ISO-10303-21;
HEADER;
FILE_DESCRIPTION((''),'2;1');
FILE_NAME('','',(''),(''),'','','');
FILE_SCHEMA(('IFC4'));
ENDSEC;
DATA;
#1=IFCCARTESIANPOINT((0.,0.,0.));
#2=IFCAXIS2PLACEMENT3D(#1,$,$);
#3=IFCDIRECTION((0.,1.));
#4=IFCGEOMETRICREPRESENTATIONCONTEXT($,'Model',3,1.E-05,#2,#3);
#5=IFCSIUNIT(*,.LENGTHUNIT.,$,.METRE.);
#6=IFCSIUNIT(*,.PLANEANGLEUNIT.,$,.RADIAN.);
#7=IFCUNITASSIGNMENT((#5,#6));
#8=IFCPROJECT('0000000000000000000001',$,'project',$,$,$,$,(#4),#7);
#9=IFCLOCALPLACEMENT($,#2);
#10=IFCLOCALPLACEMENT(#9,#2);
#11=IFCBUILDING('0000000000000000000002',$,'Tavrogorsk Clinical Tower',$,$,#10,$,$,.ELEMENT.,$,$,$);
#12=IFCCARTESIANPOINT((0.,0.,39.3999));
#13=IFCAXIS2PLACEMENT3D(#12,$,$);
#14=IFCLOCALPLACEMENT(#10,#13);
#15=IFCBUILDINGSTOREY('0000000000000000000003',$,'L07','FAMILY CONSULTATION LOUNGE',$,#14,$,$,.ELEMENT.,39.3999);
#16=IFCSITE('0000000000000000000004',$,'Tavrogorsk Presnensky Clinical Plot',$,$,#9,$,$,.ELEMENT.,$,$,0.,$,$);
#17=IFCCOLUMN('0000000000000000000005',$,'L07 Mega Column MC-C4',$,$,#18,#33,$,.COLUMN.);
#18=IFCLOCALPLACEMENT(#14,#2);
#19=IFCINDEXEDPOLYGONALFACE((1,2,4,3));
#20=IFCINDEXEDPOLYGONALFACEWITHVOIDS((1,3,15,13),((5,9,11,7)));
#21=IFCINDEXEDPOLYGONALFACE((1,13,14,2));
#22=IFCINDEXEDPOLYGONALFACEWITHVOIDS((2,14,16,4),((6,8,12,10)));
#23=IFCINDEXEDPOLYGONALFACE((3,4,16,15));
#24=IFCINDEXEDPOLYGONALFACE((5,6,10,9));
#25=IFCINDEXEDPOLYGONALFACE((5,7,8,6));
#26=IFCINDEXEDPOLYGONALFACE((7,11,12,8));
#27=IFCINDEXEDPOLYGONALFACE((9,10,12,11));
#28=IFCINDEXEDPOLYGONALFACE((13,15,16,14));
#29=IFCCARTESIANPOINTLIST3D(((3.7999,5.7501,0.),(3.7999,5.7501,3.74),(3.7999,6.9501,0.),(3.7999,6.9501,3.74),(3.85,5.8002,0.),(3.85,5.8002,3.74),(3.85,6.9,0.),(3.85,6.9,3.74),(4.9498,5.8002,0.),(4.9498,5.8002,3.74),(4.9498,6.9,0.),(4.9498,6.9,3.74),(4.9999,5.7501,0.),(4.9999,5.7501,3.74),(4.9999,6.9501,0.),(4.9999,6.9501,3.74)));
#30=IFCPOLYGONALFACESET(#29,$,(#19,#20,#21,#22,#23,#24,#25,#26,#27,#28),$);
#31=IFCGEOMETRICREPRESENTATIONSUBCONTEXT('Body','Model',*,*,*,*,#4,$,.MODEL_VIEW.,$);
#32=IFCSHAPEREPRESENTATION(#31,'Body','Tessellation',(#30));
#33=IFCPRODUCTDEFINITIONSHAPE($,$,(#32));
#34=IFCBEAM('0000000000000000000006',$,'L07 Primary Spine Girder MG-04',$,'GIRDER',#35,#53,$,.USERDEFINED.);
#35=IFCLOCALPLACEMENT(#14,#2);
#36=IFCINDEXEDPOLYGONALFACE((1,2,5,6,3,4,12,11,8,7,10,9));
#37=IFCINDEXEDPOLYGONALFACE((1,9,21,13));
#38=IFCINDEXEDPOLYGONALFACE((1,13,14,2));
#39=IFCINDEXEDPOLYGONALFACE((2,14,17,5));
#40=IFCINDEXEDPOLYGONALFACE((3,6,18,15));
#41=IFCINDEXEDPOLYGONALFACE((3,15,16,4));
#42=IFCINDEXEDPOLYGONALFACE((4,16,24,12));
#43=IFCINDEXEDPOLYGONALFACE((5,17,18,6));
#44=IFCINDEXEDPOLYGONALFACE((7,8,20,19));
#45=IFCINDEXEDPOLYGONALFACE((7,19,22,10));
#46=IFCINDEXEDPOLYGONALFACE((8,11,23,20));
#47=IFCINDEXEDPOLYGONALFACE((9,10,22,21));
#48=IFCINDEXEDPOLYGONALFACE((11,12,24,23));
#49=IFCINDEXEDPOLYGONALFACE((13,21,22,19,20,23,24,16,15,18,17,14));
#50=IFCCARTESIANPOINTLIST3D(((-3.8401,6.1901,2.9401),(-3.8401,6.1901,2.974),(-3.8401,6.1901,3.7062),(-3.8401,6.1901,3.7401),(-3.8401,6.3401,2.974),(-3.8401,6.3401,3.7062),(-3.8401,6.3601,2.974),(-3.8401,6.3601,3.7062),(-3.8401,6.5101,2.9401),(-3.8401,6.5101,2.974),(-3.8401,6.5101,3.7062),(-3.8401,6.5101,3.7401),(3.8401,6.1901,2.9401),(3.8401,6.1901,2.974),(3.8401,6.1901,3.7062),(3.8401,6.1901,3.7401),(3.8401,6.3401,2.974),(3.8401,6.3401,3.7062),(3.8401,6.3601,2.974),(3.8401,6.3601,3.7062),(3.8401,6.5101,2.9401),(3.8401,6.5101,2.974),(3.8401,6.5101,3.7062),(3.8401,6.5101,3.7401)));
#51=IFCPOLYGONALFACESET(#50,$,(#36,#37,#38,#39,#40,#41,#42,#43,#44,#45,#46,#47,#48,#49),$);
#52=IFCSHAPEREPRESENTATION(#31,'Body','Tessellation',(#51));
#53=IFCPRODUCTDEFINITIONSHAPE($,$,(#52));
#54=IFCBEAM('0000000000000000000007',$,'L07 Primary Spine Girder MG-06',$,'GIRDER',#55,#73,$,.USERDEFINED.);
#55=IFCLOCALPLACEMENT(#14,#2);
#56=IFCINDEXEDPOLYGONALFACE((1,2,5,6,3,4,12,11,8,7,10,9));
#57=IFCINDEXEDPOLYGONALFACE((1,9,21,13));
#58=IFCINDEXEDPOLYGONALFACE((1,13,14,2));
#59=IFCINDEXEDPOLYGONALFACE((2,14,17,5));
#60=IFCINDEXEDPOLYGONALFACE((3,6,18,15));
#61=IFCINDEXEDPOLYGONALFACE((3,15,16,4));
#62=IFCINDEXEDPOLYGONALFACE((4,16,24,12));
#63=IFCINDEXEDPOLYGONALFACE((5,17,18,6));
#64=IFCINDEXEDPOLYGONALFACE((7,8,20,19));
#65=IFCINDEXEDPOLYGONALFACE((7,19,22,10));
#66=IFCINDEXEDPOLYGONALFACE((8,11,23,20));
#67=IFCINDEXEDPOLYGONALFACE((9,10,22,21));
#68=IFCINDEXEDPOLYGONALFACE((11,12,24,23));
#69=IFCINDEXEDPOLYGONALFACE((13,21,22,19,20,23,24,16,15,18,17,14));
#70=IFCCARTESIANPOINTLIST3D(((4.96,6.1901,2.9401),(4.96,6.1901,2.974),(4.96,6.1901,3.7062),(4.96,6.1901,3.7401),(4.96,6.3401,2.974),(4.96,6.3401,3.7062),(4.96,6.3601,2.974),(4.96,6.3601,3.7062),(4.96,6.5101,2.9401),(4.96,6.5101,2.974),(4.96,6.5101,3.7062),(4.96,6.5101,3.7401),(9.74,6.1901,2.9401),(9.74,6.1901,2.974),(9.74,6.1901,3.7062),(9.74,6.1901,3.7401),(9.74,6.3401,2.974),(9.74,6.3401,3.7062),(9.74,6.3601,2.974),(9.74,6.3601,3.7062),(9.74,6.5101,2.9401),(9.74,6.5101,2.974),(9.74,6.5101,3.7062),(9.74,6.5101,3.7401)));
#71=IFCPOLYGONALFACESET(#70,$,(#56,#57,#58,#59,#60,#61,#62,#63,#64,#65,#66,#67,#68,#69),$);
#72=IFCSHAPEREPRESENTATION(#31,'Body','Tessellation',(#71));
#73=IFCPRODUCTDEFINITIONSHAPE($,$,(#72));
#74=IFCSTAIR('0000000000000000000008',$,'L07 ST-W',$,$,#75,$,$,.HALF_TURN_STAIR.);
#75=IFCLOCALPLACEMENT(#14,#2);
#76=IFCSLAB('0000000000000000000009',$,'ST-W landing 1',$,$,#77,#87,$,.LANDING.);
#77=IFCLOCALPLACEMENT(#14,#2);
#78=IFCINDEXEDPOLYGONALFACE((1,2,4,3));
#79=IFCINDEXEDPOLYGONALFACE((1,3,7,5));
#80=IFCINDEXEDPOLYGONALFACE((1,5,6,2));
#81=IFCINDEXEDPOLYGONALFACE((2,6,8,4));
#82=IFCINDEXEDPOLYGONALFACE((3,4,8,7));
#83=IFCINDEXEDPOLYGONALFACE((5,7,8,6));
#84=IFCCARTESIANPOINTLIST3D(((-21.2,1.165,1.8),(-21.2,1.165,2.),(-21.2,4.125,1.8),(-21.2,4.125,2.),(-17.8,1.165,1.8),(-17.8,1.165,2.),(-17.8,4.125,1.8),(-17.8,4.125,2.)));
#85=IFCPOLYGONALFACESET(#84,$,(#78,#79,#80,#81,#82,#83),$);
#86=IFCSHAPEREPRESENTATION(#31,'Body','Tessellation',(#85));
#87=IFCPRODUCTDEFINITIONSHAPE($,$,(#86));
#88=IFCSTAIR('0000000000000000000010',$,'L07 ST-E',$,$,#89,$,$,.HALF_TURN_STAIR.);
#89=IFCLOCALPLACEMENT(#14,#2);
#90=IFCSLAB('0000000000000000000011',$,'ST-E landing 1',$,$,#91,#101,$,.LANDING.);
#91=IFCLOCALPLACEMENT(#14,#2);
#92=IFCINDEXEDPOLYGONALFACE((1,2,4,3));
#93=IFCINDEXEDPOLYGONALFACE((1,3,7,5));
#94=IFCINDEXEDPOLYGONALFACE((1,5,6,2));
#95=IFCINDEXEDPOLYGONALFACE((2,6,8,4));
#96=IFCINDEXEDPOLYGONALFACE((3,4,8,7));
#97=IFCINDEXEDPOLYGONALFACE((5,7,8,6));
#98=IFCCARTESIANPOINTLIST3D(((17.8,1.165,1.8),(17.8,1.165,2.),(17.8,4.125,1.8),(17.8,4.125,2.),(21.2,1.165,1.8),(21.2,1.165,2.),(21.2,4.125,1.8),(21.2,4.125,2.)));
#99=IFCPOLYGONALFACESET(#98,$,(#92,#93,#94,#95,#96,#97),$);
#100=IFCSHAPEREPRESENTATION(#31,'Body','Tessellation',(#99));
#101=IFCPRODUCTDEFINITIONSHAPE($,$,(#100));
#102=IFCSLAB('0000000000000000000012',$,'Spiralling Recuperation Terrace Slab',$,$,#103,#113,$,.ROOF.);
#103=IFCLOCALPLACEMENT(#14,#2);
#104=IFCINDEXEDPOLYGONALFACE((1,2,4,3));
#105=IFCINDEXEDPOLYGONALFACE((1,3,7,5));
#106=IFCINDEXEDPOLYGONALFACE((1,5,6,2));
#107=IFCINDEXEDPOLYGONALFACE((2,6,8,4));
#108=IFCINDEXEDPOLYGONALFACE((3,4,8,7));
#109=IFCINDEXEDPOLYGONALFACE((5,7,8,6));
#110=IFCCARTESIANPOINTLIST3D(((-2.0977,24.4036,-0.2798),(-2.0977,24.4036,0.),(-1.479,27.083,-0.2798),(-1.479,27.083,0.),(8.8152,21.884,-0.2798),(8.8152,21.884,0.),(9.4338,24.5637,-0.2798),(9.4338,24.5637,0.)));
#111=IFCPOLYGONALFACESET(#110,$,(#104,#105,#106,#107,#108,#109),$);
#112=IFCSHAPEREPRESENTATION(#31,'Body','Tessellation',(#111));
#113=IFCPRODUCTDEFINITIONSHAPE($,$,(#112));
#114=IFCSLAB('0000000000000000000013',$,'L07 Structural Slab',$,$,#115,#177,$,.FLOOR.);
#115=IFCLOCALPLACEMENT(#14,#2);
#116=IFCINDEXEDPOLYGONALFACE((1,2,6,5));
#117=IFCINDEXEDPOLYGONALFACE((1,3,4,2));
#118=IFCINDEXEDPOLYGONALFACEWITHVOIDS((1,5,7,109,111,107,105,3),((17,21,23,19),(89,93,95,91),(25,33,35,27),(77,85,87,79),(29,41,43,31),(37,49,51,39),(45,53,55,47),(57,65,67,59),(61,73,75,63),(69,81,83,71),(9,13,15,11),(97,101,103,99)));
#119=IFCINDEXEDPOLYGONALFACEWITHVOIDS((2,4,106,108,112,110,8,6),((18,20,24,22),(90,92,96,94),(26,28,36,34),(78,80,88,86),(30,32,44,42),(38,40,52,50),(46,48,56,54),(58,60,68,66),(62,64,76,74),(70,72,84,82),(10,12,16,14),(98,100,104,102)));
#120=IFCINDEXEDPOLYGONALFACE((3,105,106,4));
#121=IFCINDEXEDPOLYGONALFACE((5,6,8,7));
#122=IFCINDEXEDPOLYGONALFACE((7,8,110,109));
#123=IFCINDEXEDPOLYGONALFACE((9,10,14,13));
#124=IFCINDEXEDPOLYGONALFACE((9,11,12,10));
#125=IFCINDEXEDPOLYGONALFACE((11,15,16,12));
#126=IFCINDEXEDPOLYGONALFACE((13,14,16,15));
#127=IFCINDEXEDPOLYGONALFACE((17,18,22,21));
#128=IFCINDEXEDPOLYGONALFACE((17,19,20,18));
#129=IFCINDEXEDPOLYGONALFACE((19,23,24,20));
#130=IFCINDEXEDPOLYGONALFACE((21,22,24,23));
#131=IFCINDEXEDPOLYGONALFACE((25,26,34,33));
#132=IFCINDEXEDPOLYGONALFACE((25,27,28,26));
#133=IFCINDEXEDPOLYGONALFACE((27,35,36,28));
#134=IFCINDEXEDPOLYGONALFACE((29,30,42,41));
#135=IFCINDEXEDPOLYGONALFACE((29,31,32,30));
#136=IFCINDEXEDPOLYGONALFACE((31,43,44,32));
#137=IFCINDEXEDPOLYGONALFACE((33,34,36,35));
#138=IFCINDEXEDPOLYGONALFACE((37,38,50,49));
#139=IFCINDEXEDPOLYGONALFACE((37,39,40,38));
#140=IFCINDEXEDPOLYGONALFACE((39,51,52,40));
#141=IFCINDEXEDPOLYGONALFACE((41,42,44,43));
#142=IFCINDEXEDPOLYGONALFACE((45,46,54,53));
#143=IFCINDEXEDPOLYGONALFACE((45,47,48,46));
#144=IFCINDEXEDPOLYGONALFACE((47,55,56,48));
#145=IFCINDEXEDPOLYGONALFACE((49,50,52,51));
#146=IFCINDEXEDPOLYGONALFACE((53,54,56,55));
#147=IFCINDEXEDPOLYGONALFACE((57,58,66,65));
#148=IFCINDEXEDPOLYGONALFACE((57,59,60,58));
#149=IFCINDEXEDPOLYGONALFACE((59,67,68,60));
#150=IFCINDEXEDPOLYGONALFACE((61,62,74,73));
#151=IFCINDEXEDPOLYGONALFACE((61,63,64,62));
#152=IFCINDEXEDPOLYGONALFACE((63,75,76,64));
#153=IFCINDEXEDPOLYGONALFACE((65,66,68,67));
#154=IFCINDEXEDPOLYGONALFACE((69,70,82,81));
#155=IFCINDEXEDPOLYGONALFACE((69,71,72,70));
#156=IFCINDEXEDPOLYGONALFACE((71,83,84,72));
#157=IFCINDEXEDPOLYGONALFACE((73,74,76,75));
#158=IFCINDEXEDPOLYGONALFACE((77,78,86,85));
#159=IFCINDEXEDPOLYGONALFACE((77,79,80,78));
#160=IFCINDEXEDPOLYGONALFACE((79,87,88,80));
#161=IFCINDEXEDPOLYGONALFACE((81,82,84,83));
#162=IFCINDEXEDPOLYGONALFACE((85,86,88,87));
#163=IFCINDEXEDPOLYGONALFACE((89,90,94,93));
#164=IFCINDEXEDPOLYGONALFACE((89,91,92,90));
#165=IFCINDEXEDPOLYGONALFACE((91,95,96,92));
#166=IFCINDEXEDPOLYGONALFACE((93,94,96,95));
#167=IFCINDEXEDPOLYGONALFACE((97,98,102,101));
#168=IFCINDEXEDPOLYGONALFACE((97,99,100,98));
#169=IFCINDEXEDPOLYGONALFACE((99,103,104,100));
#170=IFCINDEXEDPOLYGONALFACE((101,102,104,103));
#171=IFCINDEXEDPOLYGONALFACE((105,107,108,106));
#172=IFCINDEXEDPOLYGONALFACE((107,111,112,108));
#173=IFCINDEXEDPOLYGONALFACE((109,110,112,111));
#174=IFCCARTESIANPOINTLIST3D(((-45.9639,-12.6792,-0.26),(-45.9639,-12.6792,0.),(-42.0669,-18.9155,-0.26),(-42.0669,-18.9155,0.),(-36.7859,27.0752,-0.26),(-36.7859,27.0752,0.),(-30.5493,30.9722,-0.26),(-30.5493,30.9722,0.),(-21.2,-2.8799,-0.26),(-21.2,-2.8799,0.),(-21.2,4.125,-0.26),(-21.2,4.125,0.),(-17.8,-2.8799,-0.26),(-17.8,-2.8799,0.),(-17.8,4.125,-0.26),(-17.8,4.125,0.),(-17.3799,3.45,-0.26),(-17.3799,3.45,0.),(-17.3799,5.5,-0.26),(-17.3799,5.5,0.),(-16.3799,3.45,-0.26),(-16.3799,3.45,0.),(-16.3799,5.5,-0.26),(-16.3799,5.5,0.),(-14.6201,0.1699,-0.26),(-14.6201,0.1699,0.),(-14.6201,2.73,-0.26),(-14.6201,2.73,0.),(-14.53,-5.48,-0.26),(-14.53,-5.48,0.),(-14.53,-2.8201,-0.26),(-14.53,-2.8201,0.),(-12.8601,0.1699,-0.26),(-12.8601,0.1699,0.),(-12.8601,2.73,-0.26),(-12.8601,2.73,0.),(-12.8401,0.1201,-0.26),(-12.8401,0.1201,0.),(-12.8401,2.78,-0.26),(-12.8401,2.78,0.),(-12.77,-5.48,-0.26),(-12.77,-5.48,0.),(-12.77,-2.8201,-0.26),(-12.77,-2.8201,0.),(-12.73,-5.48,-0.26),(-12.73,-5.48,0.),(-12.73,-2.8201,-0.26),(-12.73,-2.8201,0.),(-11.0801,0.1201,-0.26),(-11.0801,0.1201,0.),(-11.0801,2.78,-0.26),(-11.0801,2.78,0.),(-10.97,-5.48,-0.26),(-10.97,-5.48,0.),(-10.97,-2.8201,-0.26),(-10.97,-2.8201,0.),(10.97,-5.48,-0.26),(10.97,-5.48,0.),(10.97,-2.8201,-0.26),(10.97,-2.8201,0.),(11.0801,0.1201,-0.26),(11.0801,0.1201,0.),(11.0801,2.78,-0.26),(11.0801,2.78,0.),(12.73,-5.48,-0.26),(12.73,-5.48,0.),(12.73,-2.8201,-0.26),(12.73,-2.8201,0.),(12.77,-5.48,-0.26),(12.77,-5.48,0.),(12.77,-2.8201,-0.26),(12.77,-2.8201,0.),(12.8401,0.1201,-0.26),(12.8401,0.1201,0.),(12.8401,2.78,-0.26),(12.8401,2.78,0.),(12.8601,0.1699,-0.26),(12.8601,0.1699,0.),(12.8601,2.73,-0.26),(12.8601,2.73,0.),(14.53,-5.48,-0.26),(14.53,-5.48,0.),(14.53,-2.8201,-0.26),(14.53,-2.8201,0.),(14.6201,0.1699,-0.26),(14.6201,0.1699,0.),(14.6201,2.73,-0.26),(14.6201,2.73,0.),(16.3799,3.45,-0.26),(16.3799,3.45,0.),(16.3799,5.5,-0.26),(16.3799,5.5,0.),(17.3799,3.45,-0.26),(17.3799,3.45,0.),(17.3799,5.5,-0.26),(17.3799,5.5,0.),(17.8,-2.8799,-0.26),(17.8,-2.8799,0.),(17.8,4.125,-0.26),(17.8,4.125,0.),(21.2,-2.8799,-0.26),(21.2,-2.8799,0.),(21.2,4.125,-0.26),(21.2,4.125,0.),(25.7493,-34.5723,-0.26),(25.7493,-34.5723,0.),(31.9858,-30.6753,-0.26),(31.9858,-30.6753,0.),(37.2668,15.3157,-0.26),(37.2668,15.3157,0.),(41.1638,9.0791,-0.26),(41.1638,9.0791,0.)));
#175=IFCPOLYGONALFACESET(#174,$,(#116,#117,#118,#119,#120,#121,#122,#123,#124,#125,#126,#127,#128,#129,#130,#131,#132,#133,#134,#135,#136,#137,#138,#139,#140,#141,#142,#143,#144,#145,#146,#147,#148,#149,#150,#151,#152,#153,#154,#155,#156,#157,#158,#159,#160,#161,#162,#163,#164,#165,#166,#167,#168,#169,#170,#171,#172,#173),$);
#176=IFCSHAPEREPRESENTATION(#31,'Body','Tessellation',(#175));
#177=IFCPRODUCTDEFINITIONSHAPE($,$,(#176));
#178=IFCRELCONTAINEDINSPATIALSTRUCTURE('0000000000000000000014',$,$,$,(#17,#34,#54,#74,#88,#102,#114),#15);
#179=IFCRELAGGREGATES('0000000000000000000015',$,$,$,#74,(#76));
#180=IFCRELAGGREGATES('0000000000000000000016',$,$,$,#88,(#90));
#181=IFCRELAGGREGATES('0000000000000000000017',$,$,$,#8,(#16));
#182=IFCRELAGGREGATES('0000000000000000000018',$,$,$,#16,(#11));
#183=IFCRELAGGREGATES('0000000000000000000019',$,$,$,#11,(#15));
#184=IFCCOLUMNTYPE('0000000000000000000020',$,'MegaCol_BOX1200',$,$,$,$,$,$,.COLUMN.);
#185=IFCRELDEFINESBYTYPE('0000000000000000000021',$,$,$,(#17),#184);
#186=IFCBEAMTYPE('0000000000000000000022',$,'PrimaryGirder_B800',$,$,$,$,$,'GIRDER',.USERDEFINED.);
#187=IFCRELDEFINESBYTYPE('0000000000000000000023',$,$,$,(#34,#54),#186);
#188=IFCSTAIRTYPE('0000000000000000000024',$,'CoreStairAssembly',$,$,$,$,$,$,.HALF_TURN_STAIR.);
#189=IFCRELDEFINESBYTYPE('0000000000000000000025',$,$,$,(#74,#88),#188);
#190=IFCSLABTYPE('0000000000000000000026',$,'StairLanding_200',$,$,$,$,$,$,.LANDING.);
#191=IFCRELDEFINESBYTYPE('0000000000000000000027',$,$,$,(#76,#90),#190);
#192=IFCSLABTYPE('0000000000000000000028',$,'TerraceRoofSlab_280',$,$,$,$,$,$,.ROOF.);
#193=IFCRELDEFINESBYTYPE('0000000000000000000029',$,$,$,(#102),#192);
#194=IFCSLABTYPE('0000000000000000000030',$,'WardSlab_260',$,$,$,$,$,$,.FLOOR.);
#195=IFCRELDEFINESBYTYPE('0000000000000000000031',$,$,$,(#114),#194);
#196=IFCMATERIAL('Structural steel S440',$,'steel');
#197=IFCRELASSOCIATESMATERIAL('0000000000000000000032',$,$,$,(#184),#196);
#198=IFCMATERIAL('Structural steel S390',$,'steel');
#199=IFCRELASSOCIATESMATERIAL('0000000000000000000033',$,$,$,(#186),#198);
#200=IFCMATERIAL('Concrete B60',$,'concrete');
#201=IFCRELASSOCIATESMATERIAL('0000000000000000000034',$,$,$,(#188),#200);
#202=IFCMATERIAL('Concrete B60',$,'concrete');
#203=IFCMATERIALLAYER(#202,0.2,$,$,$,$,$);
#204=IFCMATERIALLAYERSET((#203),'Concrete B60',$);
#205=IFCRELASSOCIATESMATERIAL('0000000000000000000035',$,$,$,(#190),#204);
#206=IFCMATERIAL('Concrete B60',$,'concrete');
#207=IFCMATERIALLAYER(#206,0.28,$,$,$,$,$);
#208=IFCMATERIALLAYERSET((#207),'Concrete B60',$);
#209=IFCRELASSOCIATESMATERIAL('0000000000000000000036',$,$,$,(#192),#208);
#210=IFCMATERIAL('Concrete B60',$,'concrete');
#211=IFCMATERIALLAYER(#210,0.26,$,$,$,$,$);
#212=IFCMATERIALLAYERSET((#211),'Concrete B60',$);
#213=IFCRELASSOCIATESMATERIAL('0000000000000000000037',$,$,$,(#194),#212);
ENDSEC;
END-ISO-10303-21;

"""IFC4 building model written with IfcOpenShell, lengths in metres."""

from ifc_helpers import new_model, si_unit, direction, frame, origin, origin_2d, place, context, subcontext, project, spatial, polyline, hollow_rectangle, i_section, outline, extrude, material, layer, layer_set, material_profile, profile_set, type_object, element, aggregate, save


model = new_model("IFC4")

# Units and contexts
model_context = context("Model", 3, precision=1e-05, world=origin(), true_north=direction((0.0, 1.0)))
body_context = subcontext(model_context, "Body", "Model", "MODEL_VIEW")
ifc_project = project(units=[si_unit("LENGTHUNIT", "METRE"), si_unit("PLANEANGLEUNIT", "RADIAN")], contexts=[model_context])

# Site, building, storey
site_placement = place(None, origin())
site = spatial("IfcSite", under=ifc_project, at=site_placement, Name="Tavrogorsk Presnensky Clinical Plot", CompositionType="ELEMENT", RefElevation=0.0)
building_placement = place(site_placement, origin())
building = spatial("IfcBuilding", under=site, at=building_placement, Name="Tavrogorsk Clinical Tower", CompositionType="ELEMENT")
storey_placement = place(building_placement, frame((0.0, 0.0, 39.3999)))
storey = spatial("IfcBuildingStorey", under=building, at=storey_placement, Name="L07", Description="FAMILY CONSULTATION LOUNGE", CompositionType="ELEMENT", Elevation=39.3999)

# Column
ifc_material_1 = material(Name="Structural steel S440", Category="steel")
ifc_material_profile_1 = material_profile(ifc_material_1, hollow_rectangle(XDim=1.2, YDim=1.2, WallThickness=0.05, at=origin_2d()), Name="BOX-1200x1200x50")
ifc_profile_set_1 = profile_set([ifc_material_profile_1], Name="Structural steel S440")
column_type = type_object("IfcColumnType", Name="MegaCol_BOX1200", PredefinedType="COLUMN", material=ifc_profile_set_1)
column_placement = place(storey_placement, frame((4.3999, 6.3501, 0.0), z_axis=(0.0, 0.0, 1.0), x_axis=(1.0, 0.0, 0.0)))
element("IfcColumn", 1, at=column_placement, inside=storey, type_object=column_type, Name="L07 Mega Column MC-C4", PredefinedType="COLUMN", context=body_context, shape_type="SweptSolid", body=[
    extrude(hollow_rectangle(XDim=1.2, YDim=1.2, WallThickness=0.05, at=origin_2d()), origin(), (0.0, 0.0, 1.0), 3.74),
])

# Beams
ifc_material_2 = material(Name="Structural steel S390", Category="steel")
ifc_material_profile_2 = material_profile(ifc_material_2, i_section(OverallWidth=0.3201, OverallDepth=0.8, WebThickness=0.02, FlangeThickness=0.0339, at=origin_2d()), Name="B-800x320x20x34")
ifc_profile_set_2 = profile_set([ifc_material_profile_2], Name="Structural steel S390")
beam_type = type_object("IfcBeamType", Name="PrimaryGirder_B800", ElementType="GIRDER", PredefinedType="USERDEFINED", material=ifc_profile_set_2)
beam_1_placement = place(storey_placement, frame((-3.8401, 6.3501, 3.3401), z_axis=(1.0, 0.0, 0.0), x_axis=(0.0, 1.0, 0.0)))
element("IfcBeam", 2, at=beam_1_placement, inside=storey, type_object=beam_type, Name="L07 Primary Spine Girder MG-04", ObjectType="GIRDER", PredefinedType="USERDEFINED", context=body_context, shape_type="SweptSolid", body=[
    extrude(i_section(OverallWidth=0.3201, OverallDepth=0.8, WebThickness=0.02, FlangeThickness=0.0339, at=origin_2d()), origin(), (0.0, 0.0, 1.0), 7.6802),
])
beam_2_placement = place(storey_placement, frame((4.96, 6.3501, 3.3401), z_axis=(1.0, 0.0, 0.0), x_axis=(0.0, 1.0, 0.0)))
element("IfcBeam", 3, at=beam_2_placement, inside=storey, type_object=beam_type, Name="L07 Primary Spine Girder MG-06", ObjectType="GIRDER", PredefinedType="USERDEFINED", context=body_context, shape_type="SweptSolid", body=[
    extrude(i_section(OverallWidth=0.3201, OverallDepth=0.8, WebThickness=0.02, FlangeThickness=0.0339, at=origin_2d()), origin(), (0.0, 0.0, 1.0), 4.78),
])

# Stairs, slabs
ifc_material_3 = material(Name="Concrete B60", Category="concrete")
stair_type = type_object("IfcStairType", Name="CoreStairAssembly", PredefinedType="HALF_TURN_STAIR", material=ifc_material_3)
stair_1_placement = place(storey_placement, origin())
stair_1 = element("IfcStair", 4, at=stair_1_placement, inside=storey, type_object=stair_type, Name="L07 ST-W", PredefinedType="HALF_TURN_STAIR")
ifc_material_4 = material(Name="Concrete B60", Category="concrete")
ifc_layer_1 = layer(ifc_material_4, 0.2)
ifc_layer_set_1 = layer_set([ifc_layer_1], Name="Concrete B60")
slab_type_1 = type_object("IfcSlabType", Name="StairLanding_200", PredefinedType="LANDING", material=ifc_layer_set_1)
slab_1_placement = place(storey_placement, frame((0.0, 0.0, 1.8)))
slab_1 = element("IfcSlab", 5, at=slab_1_placement, type_object=slab_type_1, Name="ST-W landing 1", PredefinedType="LANDING", context=body_context, shape_type="SweptSolid", body=[
    extrude(outline(polyline([(-17.8, 1.165), (-17.8, 4.125), (-21.2, 4.125), (-21.2, 1.165), (-17.8, 1.165)])), origin(), (0.0, 0.0, 1.0), 0.2),
])
aggregate(stair_1, [slab_1])
stair_2_placement = place(storey_placement, origin())
stair_2 = element("IfcStair", 6, at=stair_2_placement, inside=storey, type_object=stair_type, Name="L07 ST-E", PredefinedType="HALF_TURN_STAIR")
slab_2_placement = place(storey_placement, frame((0.0, 0.0, 1.8)))
slab_2 = element("IfcSlab", 7, at=slab_2_placement, type_object=slab_type_1, Name="ST-E landing 1", PredefinedType="LANDING", context=body_context, shape_type="SweptSolid", body=[
    extrude(outline(polyline([(21.2, 1.165), (21.2, 4.125), (17.8, 4.125), (17.8, 1.165), (21.2, 1.165)])), origin(), (0.0, 0.0, 1.0), 0.2),
])
aggregate(stair_2, [slab_2])

# Slabs
ifc_material_5 = material(Name="Concrete B60", Category="concrete")
ifc_layer_2 = layer(ifc_material_5, 0.28)
ifc_layer_set_2 = layer_set([ifc_layer_2], Name="Concrete B60")
slab_type_2 = type_object("IfcSlabType", Name="TerraceRoofSlab_280", PredefinedType="ROOF", material=ifc_layer_set_2)
slab_3_placement = place(storey_placement, frame((0.0, 0.0, -0.2798)))
element("IfcSlab", 8, at=slab_3_placement, inside=storey, type_object=slab_type_2, Name="Spiralling Recuperation Terrace Slab", PredefinedType="ROOF", context=body_context, shape_type="SweptSolid", body=[
    extrude(outline(polyline([(-1.479, 27.083), (9.4338, 24.5637), (8.8152, 21.884), (-2.0977, 24.4036), (-1.479, 27.083)])), origin(), (0.0, 0.0, 1.0), 0.2798),
])
ifc_material_6 = material(Name="Concrete B60", Category="concrete")
ifc_layer_3 = layer(ifc_material_6, 0.26)
ifc_layer_set_3 = layer_set([ifc_layer_3], Name="Concrete B60")
slab_type_3 = type_object("IfcSlabType", Name="WardSlab_260", PredefinedType="FLOOR", material=ifc_layer_set_3)
slab_4_placement = place(storey_placement, frame((0.0, 0.0, -0.26)))
element("IfcSlab", 9, at=slab_4_placement, inside=storey, type_object=slab_type_3, Name="L07 Structural Slab", PredefinedType="FLOOR", context=body_context, shape_type="SweptSolid", body=[
    extrude(outline(polyline([(-42.0669, -18.9155), (25.7493, -34.5723), (31.9858, -30.6753), (41.1638, 9.0791), (37.2668, 15.3157), (-30.5493, 30.9722), (-36.7859, 27.0752), (-45.9639, -12.6792), (-42.0669, -18.9155)]), holes=[polyline([(-17.8, -2.8799), (-17.8, 4.125), (-21.2, 4.125), (-21.2, -2.8799), (-17.8, -2.8799)]), polyline([(21.2, -2.8799), (21.2, 4.125), (17.8, 4.125), (17.8, -2.8799), (21.2, -2.8799)]), polyline([(-14.6201, 0.1699), (-12.8601, 0.1699), (-12.8601, 2.73), (-14.6201, 2.73), (-14.6201, 0.1699)]), polyline([(-14.53, -5.48), (-12.77, -5.48), (-12.77, -2.8201), (-14.53, -2.8201), (-14.53, -5.48)]), polyline([(-12.73, -5.48), (-10.97, -5.48), (-10.97, -2.8201), (-12.73, -2.8201), (-12.73, -5.48)]), polyline([(-12.8401, 0.1201), (-11.0801, 0.1201), (-11.0801, 2.78), (-12.8401, 2.78), (-12.8401, 0.1201)]), polyline([(12.8601, 0.1699), (14.6201, 0.1699), (14.6201, 2.73), (12.8601, 2.73), (12.8601, 0.1699)]), polyline([(12.77, -5.48), (14.53, -5.48), (14.53, -2.8201), (12.77, -2.8201), (12.77, -5.48)]), polyline([(10.97, -5.48), (12.73, -5.48), (12.73, -2.8201), (10.97, -2.8201), (10.97, -5.48)]), polyline([(11.0801, 0.1201), (12.8401, 0.1201), (12.8401, 2.78), (11.0801, 2.78), (11.0801, 0.1201)]), polyline([(-17.3799, 3.45), (-16.3799, 3.45), (-16.3799, 5.5), (-17.3799, 5.5), (-17.3799, 3.45)]), polyline([(16.3799, 3.45), (17.3799, 3.45), (17.3799, 5.5), (16.3799, 5.5), (16.3799, 3.45)])]), origin(), (0.0, 0.0, 1.0), 0.26),
])

save(model, "model.ifc")
